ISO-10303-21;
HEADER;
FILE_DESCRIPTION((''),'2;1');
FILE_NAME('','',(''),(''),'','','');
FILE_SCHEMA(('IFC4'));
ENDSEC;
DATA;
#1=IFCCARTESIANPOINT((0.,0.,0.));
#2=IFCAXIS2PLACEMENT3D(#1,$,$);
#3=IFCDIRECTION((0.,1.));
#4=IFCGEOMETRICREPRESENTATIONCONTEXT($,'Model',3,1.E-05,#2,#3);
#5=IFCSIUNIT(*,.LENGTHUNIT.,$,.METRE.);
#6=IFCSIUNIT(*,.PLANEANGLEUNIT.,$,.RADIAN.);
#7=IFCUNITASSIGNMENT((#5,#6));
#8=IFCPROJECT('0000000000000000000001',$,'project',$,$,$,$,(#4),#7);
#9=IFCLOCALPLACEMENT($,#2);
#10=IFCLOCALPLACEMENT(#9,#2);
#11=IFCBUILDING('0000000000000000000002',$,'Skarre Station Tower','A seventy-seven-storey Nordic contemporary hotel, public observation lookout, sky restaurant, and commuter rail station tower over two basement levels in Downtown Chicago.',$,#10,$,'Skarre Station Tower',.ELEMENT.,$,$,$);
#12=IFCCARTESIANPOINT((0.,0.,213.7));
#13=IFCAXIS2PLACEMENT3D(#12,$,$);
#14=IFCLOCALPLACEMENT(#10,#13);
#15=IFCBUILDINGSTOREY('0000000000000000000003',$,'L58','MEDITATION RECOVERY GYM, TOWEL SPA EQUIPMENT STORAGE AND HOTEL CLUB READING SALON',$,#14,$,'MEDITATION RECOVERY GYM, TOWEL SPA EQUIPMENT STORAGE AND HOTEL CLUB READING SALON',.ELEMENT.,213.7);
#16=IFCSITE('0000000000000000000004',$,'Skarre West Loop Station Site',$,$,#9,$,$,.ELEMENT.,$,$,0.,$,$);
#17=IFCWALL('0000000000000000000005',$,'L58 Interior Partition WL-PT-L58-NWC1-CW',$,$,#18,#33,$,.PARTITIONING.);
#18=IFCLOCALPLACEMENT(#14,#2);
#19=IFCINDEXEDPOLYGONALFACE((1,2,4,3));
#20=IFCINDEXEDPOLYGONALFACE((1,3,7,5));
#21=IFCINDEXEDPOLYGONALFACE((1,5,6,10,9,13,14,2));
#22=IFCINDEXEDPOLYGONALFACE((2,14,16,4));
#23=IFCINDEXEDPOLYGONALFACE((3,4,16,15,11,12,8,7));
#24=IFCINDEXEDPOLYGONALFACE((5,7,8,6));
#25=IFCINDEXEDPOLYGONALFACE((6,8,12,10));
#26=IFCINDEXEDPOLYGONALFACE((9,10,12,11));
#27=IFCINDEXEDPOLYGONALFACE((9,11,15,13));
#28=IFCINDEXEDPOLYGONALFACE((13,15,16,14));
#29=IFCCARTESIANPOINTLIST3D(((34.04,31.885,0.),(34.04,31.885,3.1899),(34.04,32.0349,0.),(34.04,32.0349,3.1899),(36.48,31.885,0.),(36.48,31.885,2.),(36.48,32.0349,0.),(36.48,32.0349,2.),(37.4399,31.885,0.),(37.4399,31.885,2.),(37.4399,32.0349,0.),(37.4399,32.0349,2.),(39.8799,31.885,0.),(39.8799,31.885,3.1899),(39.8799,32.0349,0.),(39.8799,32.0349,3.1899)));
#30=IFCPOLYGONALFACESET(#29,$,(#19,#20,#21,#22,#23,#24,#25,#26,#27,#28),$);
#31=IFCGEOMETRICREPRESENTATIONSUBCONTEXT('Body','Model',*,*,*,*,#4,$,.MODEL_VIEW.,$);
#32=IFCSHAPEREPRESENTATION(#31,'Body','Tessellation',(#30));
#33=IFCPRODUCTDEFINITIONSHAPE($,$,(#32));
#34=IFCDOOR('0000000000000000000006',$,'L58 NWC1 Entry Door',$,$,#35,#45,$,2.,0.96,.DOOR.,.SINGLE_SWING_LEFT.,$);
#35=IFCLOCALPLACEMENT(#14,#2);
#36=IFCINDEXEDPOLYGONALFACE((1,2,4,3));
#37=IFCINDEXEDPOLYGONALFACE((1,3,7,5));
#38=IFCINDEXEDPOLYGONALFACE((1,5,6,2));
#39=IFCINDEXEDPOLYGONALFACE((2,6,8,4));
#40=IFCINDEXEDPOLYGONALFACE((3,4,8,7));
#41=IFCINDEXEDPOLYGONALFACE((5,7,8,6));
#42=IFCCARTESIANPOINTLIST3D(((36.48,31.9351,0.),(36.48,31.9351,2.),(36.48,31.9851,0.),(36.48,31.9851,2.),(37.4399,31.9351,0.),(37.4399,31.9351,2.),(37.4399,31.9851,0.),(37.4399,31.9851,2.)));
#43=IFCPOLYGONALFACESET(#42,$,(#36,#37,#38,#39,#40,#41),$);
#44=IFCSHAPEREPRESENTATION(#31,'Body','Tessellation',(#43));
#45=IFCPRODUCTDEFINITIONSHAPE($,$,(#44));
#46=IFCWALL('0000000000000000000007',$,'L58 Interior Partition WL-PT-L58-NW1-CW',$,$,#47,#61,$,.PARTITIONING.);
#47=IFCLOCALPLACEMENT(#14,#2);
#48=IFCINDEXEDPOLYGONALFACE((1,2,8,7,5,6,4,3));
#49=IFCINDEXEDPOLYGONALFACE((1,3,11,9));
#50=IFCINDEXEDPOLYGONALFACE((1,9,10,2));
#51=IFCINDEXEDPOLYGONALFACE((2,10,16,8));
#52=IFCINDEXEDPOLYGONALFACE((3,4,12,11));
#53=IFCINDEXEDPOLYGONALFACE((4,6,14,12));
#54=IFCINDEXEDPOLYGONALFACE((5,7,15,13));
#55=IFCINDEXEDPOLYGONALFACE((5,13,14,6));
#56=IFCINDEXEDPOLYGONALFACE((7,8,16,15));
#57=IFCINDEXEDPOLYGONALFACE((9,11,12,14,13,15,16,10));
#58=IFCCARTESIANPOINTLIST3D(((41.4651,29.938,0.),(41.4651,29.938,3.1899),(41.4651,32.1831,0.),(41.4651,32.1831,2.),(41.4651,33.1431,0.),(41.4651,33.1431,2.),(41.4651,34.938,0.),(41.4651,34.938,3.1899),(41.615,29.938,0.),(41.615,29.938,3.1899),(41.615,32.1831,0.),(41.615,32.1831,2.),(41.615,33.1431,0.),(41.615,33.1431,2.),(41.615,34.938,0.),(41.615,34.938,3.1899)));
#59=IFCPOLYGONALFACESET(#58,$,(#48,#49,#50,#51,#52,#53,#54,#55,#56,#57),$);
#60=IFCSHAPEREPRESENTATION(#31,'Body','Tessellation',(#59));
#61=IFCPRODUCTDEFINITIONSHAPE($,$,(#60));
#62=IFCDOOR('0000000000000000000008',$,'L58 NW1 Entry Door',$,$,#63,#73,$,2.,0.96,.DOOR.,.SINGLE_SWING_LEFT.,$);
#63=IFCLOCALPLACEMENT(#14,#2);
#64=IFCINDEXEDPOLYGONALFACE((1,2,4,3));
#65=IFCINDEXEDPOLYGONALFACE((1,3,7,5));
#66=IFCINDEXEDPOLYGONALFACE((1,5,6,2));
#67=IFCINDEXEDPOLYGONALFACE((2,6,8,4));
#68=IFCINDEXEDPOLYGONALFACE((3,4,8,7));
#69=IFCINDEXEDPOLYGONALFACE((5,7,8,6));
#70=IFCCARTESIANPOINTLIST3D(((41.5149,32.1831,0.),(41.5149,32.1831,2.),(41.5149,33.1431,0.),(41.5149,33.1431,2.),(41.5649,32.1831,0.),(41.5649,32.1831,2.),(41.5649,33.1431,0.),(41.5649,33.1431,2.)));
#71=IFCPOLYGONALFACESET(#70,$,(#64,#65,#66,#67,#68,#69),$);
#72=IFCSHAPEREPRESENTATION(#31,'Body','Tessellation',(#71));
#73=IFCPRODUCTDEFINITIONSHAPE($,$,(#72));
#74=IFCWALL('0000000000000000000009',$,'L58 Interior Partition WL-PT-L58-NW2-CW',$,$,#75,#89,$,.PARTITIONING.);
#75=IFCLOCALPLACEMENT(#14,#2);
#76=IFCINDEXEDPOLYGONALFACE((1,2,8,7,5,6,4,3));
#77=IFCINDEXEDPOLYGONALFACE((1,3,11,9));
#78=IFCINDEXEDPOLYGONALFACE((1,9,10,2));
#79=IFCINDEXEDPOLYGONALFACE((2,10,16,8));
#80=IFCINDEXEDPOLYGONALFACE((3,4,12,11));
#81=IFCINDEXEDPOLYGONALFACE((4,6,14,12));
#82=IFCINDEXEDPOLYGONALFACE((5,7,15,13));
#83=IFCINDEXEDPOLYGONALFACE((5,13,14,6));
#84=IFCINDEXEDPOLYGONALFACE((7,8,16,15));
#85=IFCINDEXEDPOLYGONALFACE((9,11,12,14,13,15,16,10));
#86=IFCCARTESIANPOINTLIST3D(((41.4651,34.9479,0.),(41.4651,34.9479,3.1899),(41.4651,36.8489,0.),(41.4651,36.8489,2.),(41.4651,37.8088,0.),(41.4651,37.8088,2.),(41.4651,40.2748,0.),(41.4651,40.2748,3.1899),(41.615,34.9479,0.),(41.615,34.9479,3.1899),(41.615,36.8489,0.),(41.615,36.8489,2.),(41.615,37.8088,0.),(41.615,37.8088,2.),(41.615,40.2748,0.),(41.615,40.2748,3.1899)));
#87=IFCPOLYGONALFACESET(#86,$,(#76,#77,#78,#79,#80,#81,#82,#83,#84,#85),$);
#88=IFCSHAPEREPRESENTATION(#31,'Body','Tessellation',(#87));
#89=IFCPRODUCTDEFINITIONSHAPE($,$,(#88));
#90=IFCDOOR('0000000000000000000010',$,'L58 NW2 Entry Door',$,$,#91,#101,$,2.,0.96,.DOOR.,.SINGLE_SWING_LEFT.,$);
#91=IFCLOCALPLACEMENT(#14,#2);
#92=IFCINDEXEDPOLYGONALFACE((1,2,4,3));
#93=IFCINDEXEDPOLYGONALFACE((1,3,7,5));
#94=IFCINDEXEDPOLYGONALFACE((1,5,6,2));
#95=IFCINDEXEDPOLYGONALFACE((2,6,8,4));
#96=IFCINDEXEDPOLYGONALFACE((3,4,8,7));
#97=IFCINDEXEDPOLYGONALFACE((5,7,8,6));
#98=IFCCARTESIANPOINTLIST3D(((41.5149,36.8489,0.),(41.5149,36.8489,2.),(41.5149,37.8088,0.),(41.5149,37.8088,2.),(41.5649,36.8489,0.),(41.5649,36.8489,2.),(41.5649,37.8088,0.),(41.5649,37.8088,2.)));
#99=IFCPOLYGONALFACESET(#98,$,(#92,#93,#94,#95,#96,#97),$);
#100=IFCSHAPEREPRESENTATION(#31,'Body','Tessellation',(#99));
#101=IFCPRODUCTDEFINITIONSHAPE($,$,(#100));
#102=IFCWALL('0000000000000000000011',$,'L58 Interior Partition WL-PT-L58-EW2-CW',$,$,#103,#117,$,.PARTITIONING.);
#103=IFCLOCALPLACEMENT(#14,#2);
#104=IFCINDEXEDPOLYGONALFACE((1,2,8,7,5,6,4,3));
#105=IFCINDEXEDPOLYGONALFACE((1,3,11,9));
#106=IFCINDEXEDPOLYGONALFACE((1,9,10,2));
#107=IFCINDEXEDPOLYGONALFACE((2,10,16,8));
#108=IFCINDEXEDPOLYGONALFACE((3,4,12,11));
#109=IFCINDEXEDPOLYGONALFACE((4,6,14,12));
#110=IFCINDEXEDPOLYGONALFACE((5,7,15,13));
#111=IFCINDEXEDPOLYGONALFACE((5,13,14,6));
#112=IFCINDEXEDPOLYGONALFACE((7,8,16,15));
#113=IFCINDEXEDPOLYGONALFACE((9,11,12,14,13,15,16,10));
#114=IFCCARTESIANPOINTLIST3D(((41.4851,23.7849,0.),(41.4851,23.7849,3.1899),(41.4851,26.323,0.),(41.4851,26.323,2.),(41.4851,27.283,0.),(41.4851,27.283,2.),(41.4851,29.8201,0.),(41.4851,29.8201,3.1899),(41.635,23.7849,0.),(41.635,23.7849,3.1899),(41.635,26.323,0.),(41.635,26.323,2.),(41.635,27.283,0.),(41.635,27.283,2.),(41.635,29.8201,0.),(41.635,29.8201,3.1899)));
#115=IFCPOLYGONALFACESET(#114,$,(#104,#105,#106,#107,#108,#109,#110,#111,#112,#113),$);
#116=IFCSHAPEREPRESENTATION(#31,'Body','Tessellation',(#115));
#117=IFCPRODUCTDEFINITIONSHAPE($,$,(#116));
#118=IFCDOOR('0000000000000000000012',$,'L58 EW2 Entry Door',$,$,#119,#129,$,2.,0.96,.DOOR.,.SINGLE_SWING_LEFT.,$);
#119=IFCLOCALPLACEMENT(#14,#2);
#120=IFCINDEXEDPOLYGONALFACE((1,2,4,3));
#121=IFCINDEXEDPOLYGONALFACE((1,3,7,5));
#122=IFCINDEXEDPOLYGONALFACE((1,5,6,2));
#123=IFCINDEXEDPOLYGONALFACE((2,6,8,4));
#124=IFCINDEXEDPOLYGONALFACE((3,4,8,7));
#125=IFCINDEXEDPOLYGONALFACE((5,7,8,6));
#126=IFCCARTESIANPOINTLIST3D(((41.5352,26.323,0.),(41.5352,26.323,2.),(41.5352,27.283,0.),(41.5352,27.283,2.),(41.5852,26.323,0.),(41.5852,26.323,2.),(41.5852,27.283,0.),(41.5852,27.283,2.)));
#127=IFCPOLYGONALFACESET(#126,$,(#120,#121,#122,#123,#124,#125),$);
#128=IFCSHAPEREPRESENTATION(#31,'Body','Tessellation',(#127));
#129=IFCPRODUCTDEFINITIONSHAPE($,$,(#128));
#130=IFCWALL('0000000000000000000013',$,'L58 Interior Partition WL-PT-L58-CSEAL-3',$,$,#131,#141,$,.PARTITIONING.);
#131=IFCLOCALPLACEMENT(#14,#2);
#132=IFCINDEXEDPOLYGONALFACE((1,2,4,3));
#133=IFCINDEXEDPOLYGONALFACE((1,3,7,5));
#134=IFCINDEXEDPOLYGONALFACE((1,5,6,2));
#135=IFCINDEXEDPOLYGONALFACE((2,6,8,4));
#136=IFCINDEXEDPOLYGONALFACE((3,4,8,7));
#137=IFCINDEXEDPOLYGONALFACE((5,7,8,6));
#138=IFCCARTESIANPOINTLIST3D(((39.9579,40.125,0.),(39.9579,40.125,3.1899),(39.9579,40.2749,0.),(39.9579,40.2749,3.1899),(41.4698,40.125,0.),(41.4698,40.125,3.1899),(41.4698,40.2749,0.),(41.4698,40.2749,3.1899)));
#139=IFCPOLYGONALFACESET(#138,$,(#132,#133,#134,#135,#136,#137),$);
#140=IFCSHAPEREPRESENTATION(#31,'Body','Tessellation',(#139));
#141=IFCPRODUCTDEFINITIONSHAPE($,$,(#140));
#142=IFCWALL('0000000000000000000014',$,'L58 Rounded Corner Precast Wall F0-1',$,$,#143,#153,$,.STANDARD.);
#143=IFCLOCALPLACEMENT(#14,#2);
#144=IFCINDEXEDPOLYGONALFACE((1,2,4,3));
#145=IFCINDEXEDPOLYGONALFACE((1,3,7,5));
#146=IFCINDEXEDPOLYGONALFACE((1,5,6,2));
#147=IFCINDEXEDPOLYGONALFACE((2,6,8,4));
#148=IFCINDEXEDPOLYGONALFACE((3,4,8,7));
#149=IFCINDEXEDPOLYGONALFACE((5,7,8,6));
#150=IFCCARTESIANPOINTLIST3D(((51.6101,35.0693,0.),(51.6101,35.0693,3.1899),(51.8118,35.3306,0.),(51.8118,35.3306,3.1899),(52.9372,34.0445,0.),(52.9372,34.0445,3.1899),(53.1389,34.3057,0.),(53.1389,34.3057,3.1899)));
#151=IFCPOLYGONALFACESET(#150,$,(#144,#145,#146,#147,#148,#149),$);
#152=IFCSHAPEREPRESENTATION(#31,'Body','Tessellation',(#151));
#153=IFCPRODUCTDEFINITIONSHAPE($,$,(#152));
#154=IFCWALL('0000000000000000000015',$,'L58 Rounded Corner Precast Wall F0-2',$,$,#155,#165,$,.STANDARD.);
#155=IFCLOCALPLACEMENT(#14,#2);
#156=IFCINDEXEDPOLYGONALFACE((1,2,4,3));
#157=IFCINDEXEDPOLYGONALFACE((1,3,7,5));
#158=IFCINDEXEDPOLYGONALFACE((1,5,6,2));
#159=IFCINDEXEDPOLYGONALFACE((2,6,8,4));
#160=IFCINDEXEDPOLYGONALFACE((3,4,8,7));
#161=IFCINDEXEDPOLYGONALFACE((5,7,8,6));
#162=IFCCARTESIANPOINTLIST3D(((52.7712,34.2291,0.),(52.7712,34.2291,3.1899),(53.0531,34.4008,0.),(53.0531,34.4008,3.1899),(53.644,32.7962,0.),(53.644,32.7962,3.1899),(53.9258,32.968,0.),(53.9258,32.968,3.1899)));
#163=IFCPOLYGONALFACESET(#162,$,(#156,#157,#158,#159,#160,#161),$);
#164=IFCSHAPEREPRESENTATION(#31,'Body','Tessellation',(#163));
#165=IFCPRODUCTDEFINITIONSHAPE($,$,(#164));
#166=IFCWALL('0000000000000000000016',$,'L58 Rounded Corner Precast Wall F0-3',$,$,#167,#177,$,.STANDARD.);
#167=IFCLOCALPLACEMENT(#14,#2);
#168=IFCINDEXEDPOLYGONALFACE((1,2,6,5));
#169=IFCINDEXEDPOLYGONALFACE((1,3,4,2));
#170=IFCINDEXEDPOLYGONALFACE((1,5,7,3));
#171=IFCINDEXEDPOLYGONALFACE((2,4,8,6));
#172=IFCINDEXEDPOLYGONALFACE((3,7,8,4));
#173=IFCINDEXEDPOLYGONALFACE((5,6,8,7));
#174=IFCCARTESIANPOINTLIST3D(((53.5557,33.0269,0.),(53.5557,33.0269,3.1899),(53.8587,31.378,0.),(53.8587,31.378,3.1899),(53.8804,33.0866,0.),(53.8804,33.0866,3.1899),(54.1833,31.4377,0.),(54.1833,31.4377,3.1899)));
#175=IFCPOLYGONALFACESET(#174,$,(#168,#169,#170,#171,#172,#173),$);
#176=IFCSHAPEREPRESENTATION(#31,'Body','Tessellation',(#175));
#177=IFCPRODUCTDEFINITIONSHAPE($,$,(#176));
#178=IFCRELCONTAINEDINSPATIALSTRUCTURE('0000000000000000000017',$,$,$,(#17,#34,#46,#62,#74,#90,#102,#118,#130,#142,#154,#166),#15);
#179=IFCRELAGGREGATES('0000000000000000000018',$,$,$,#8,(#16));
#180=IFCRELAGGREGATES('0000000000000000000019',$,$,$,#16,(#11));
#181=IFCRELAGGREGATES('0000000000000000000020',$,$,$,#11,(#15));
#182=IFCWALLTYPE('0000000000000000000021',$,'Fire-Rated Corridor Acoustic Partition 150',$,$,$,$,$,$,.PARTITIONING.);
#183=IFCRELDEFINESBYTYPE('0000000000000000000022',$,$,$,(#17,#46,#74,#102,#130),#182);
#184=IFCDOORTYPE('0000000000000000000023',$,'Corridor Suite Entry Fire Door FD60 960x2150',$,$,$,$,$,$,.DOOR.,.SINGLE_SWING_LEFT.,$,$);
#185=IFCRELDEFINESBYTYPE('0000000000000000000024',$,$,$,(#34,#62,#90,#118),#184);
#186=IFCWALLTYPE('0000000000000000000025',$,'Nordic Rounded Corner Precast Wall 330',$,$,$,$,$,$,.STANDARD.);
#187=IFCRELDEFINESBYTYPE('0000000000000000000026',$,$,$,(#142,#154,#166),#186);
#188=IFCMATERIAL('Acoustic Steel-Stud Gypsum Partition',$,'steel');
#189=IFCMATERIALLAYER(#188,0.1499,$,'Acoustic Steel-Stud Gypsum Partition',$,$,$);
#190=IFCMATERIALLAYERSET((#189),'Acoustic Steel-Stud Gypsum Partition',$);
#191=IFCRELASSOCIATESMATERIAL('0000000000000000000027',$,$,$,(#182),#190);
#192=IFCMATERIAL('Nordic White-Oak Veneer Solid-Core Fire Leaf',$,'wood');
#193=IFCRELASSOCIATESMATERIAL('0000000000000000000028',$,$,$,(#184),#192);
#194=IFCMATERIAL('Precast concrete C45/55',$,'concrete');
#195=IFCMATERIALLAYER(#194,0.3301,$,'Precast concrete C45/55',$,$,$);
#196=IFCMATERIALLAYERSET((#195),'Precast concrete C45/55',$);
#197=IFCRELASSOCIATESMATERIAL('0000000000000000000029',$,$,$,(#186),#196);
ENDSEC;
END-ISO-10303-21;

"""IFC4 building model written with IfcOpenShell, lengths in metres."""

from ifc_helpers import new_model, si_unit, direction, frame, frame_2d, origin, place, context, subcontext, project, spatial, rectangle, extrude, material, layer, layer_set, type_object, element, fill, save


model = new_model("IFC4")

# Units and contexts
model_context = context("Model", 3, precision=1e-05, world=origin(), true_north=direction((0.0, 1.0)))
body_context = subcontext(model_context, "Body", "Model", "MODEL_VIEW")
ifc_project = project(units=[si_unit("LENGTHUNIT", "METRE"), si_unit("PLANEANGLEUNIT", "RADIAN")], contexts=[model_context])

# Site, building, storey
site_placement = place(None, origin())
site = spatial("IfcSite", under=ifc_project, at=site_placement, Name="Skarre West Loop Station Site", CompositionType="ELEMENT", RefElevation=0.0)
building_placement = place(site_placement, origin())
building = spatial("IfcBuilding", under=site, at=building_placement, Name="Skarre Station Tower", Description="A seventy-seven-storey Nordic contemporary hotel, public observation lookout, sky restaurant, and commuter rail station tower over two basement levels in Downtown Chicago.", LongName="Skarre Station Tower", CompositionType="ELEMENT")
storey_placement = place(building_placement, frame((0.0, 0.0, 213.7)))
storey = spatial("IfcBuildingStorey", under=building, at=storey_placement, Name="L58", Description="MEDITATION RECOVERY GYM, TOWEL SPA EQUIPMENT STORAGE AND HOTEL CLUB READING SALON", LongName="MEDITATION RECOVERY GYM, TOWEL SPA EQUIPMENT STORAGE AND HOTEL CLUB READING SALON", CompositionType="ELEMENT", Elevation=213.7)

# Shared definitions
ifc_material_1 = material(Name="Acoustic Steel-Stud Gypsum Partition", Category="steel")
ifc_layer_1 = layer(ifc_material_1, 0.1499, Name="Acoustic Steel-Stud Gypsum Partition")
ifc_layer_set_1 = layer_set([ifc_layer_1], Name="Acoustic Steel-Stud Gypsum Partition")
wall_type_1 = type_object("IfcWallType", Name="Fire-Rated Corridor Acoustic Partition 150", PredefinedType="PARTITIONING", material=ifc_layer_set_1)

# Walls, openings, doors
wall_1_placement = place(storey_placement, frame((39.8799, 31.96, 0.0), z_axis=(0.0, 0.0, 1.0), x_axis=(-1.0, 0.0, 0.0)))
wall_1 = element("IfcWall", 1, at=wall_1_placement, inside=storey, type_object=wall_type_1, Name="L58 Interior Partition WL-PT-L58-NWC1-CW", PredefinedType="PARTITIONING", context=body_context, shape_type="SweptSolid", body=[
    extrude(rectangle(XDim=5.8398, YDim=0.1499, at=frame_2d((2.9199, 0.0))), origin(), (0.0, 0.0, 1.0), 3.1899),
])
opening_1_placement = place(wall_1_placement, frame((2.4399, 0.0, 0.0)))
opening_1 = element("IfcOpeningElement", 2, at=opening_1_placement, cuts=wall_1, PredefinedType="OPENING", context=body_context, shape_type="SweptSolid", body=[
    extrude(rectangle(XDim=0.96, YDim=2.0, at=frame_2d((0.48, 1.0))), frame((0.0, 0.085, 0.0), z_axis=(0.0, -1.0, 0.0), x_axis=(1.0, 0.0, 0.0)), (0.0, 0.0, 1.0), 0.1699),
])
ifc_material_2 = material(Name="Nordic White-Oak Veneer Solid-Core Fire Leaf", Category="wood")
door_type_1 = type_object("IfcDoorType", Name="Corridor Suite Entry Fire Door FD60 960x2150", OperationType="SINGLE_SWING_LEFT", PredefinedType="DOOR", material=ifc_material_2)
door_1_placement = place(opening_1_placement, origin())
door_1 = element("IfcDoor", 3, at=door_1_placement, inside=storey, type_object=door_type_1, Name="L58 NWC1 Entry Door", OperationType="SINGLE_SWING_LEFT", OverallHeight=2.0, OverallWidth=0.96, PredefinedType="DOOR", context=body_context, shape_type="SweptSolid", body=[
    extrude(rectangle(XDim=0.96, YDim=2.0, at=frame_2d((0.48, 1.0))), frame((0.0, 0.0249, 0.0), z_axis=(0.0, -1.0, 0.0), x_axis=(1.0, 0.0, 0.0)), (0.0, 0.0, 1.0), 0.05),
])
fill(opening_1, door_1)
wall_2_placement = place(storey_placement, frame((41.54, 34.938, 0.0), z_axis=(0.0, 0.0, 1.0), x_axis=(0.0, -1.0, 0.0)))
wall_2 = element("IfcWall", 4, at=wall_2_placement, inside=storey, type_object=wall_type_1, Name="L58 Interior Partition WL-PT-L58-NW1-CW", PredefinedType="PARTITIONING", context=body_context, shape_type="SweptSolid", body=[
    extrude(rectangle(XDim=5.0, YDim=0.1499, at=frame_2d((2.5, 0.0))), origin(), (0.0, 0.0, 1.0), 3.1899),
])
opening_2_placement = place(wall_2_placement, frame((1.7949, 0.0, 0.0)))
opening_2 = element("IfcOpeningElement", 5, at=opening_2_placement, cuts=wall_2, PredefinedType="OPENING", context=body_context, shape_type="SweptSolid", body=[
    extrude(rectangle(XDim=0.96, YDim=2.0, at=frame_2d((0.48, 1.0))), frame((0.0, 0.085, 0.0), z_axis=(0.0, -1.0, 0.0), x_axis=(1.0, 0.0, 0.0)), (0.0, 0.0, 1.0), 0.1699),
])
door_2_placement = place(opening_2_placement, origin())
door_2 = element("IfcDoor", 6, at=door_2_placement, inside=storey, type_object=door_type_1, Name="L58 NW1 Entry Door", OperationType="SINGLE_SWING_LEFT", OverallHeight=2.0, OverallWidth=0.96, PredefinedType="DOOR", context=body_context, shape_type="SweptSolid", body=[
    extrude(rectangle(XDim=0.96, YDim=2.0, at=frame_2d((0.48, 1.0))), frame((0.0, 0.0249, 0.0), z_axis=(0.0, -1.0, 0.0), x_axis=(1.0, 0.0, 0.0)), (0.0, 0.0, 1.0), 0.05),
])
fill(opening_2, door_2)
wall_3_placement = place(storey_placement, frame((41.54, 40.2749, 0.0), z_axis=(0.0, 0.0, 1.0), x_axis=(0.0, -1.0, 0.0)))
wall_3 = element("IfcWall", 7, at=wall_3_placement, inside=storey, type_object=wall_type_1, Name="L58 Interior Partition WL-PT-L58-NW2-CW", PredefinedType="PARTITIONING", context=body_context, shape_type="SweptSolid", body=[
    extrude(rectangle(XDim=5.3269, YDim=0.1499, at=frame_2d((2.6636, 0.0))), origin(), (0.0, 0.0, 1.0), 3.1899),
])
opening_3_placement = place(wall_3_placement, frame((2.4661, 0.0, 0.0)))
opening_3 = element("IfcOpeningElement", 8, at=opening_3_placement, cuts=wall_3, PredefinedType="OPENING", context=body_context, shape_type="SweptSolid", body=[
    extrude(rectangle(XDim=0.96, YDim=2.0, at=frame_2d((0.48, 1.0))), frame((0.0, 0.085, 0.0), z_axis=(0.0, -1.0, 0.0), x_axis=(1.0, 0.0, 0.0)), (0.0, 0.0, 1.0), 0.1699),
])
door_3_placement = place(opening_3_placement, origin())
door_3 = element("IfcDoor", 9, at=door_3_placement, inside=storey, type_object=door_type_1, Name="L58 NW2 Entry Door", OperationType="SINGLE_SWING_LEFT", OverallHeight=2.0, OverallWidth=0.96, PredefinedType="DOOR", context=body_context, shape_type="SweptSolid", body=[
    extrude(rectangle(XDim=0.96, YDim=2.0, at=frame_2d((0.48, 1.0))), frame((0.0, 0.0249, 0.0), z_axis=(0.0, -1.0, 0.0), x_axis=(1.0, 0.0, 0.0)), (0.0, 0.0, 1.0), 0.05),
])
fill(opening_3, door_3)
wall_4_placement = place(storey_placement, frame((41.5601, 23.7849, 0.0), z_axis=(0.0, 0.0, 1.0), x_axis=(0.0, 1.0, 0.0)))
wall_4 = element("IfcWall", 10, at=wall_4_placement, inside=storey, type_object=wall_type_1, Name="L58 Interior Partition WL-PT-L58-EW2-CW", PredefinedType="PARTITIONING", context=body_context, shape_type="SweptSolid", body=[
    extrude(rectangle(XDim=6.0352, YDim=0.1499, at=frame_2d((3.0176, 0.0))), origin(), (0.0, 0.0, 1.0), 3.1899),
])
opening_4_placement = place(wall_4_placement, frame((2.5381, 0.0, 0.0)))
opening_4 = element("IfcOpeningElement", 11, at=opening_4_placement, cuts=wall_4, PredefinedType="OPENING", context=body_context, shape_type="SweptSolid", body=[
    extrude(rectangle(XDim=0.96, YDim=2.0, at=frame_2d((0.48, 1.0))), frame((0.0, 0.085, 0.0), z_axis=(0.0, -1.0, 0.0), x_axis=(1.0, 0.0, 0.0)), (0.0, 0.0, 1.0), 0.1699),
])
door_4_placement = place(opening_4_placement, origin())
door_4 = element("IfcDoor", 12, at=door_4_placement, inside=storey, type_object=door_type_1, Name="L58 EW2 Entry Door", OperationType="SINGLE_SWING_LEFT", OverallHeight=2.0, OverallWidth=0.96, PredefinedType="DOOR", context=body_context, shape_type="SweptSolid", body=[
    extrude(rectangle(XDim=0.96, YDim=2.0, at=frame_2d((0.48, 1.0))), frame((0.0, 0.0249, 0.0), z_axis=(0.0, -1.0, 0.0), x_axis=(1.0, 0.0, 0.0)), (0.0, 0.0, 1.0), 0.05),
])
fill(opening_4, door_4)

# Walls
wall_5_placement = place(storey_placement, frame((39.958, 40.2, 0.0), z_axis=(0.0, 0.0, 1.0), x_axis=(1.0, 0.0, 0.0)))
element("IfcWall", 13, at=wall_5_placement, inside=storey, type_object=wall_type_1, Name="L58 Interior Partition WL-PT-L58-CSEAL-3", PredefinedType="PARTITIONING", context=body_context, shape_type="SweptSolid", body=[
    extrude(rectangle(XDim=1.512, YDim=0.1499, at=frame_2d((0.7559, 0.0))), origin(), (0.0, 0.0, 1.0), 3.1899),
])
ifc_material_3 = material(Name="Precast concrete C45/55", Category="concrete")
ifc_layer_2 = layer(ifc_material_3, 0.3301, Name="Precast concrete C45/55")
ifc_layer_set_2 = layer_set([ifc_layer_2], Name="Precast concrete C45/55")
wall_type_2 = type_object("IfcWallType", Name="Nordic Rounded Corner Precast Wall 330", PredefinedType="STANDARD", material=ifc_layer_set_2)
wall_6_placement = place(storey_placement, frame((51.7109, 35.2, 0.0), z_axis=(0.0, 0.0, 1.0), x_axis=(0.791464, -0.611215, 0.0)))
element("IfcWall", 14, at=wall_6_placement, inside=storey, type_object=wall_type_2, Name="L58 Rounded Corner Precast Wall F0-1", PredefinedType="STANDARD", context=body_context, shape_type="SweptSolid", body=[
    extrude(rectangle(XDim=1.6768, YDim=0.3301, at=frame_2d((0.8384, 0.0))), origin(), (0.0, 0.0, 1.0), 3.1899),
])
wall_7_placement = place(storey_placement, frame((52.9121, 34.3149, 0.0), z_axis=(0.0, 0.0, 1.0), x_axis=(0.520219, -0.854033, 0.0)))
element("IfcWall", 15, at=wall_7_placement, inside=storey, type_object=wall_type_2, Name="L58 Rounded Corner Precast Wall F0-2", PredefinedType="STANDARD", context=body_context, shape_type="SweptSolid", body=[
    extrude(rectangle(XDim=1.6777, YDim=0.3301, at=frame_2d((0.8389, 0.0))), origin(), (0.0, 0.0, 1.0), 3.1899),
])
wall_8_placement = place(storey_placement, frame((53.718, 33.0569, 0.0), z_axis=(0.0, 0.0, 1.0), x_axis=(0.180718, -0.983535, 0.0)))
element("IfcWall", 16, at=wall_8_placement, inside=storey, type_object=wall_type_2, Name="L58 Rounded Corner Precast Wall F0-3", PredefinedType="STANDARD", context=body_context, shape_type="SweptSolid", body=[
    extrude(rectangle(XDim=1.6765, YDim=0.3301, at=frame_2d((0.8384, 0.0))), origin(), (0.0, 0.0, 1.0), 3.1899),
])

save(model, "model.ifc")
